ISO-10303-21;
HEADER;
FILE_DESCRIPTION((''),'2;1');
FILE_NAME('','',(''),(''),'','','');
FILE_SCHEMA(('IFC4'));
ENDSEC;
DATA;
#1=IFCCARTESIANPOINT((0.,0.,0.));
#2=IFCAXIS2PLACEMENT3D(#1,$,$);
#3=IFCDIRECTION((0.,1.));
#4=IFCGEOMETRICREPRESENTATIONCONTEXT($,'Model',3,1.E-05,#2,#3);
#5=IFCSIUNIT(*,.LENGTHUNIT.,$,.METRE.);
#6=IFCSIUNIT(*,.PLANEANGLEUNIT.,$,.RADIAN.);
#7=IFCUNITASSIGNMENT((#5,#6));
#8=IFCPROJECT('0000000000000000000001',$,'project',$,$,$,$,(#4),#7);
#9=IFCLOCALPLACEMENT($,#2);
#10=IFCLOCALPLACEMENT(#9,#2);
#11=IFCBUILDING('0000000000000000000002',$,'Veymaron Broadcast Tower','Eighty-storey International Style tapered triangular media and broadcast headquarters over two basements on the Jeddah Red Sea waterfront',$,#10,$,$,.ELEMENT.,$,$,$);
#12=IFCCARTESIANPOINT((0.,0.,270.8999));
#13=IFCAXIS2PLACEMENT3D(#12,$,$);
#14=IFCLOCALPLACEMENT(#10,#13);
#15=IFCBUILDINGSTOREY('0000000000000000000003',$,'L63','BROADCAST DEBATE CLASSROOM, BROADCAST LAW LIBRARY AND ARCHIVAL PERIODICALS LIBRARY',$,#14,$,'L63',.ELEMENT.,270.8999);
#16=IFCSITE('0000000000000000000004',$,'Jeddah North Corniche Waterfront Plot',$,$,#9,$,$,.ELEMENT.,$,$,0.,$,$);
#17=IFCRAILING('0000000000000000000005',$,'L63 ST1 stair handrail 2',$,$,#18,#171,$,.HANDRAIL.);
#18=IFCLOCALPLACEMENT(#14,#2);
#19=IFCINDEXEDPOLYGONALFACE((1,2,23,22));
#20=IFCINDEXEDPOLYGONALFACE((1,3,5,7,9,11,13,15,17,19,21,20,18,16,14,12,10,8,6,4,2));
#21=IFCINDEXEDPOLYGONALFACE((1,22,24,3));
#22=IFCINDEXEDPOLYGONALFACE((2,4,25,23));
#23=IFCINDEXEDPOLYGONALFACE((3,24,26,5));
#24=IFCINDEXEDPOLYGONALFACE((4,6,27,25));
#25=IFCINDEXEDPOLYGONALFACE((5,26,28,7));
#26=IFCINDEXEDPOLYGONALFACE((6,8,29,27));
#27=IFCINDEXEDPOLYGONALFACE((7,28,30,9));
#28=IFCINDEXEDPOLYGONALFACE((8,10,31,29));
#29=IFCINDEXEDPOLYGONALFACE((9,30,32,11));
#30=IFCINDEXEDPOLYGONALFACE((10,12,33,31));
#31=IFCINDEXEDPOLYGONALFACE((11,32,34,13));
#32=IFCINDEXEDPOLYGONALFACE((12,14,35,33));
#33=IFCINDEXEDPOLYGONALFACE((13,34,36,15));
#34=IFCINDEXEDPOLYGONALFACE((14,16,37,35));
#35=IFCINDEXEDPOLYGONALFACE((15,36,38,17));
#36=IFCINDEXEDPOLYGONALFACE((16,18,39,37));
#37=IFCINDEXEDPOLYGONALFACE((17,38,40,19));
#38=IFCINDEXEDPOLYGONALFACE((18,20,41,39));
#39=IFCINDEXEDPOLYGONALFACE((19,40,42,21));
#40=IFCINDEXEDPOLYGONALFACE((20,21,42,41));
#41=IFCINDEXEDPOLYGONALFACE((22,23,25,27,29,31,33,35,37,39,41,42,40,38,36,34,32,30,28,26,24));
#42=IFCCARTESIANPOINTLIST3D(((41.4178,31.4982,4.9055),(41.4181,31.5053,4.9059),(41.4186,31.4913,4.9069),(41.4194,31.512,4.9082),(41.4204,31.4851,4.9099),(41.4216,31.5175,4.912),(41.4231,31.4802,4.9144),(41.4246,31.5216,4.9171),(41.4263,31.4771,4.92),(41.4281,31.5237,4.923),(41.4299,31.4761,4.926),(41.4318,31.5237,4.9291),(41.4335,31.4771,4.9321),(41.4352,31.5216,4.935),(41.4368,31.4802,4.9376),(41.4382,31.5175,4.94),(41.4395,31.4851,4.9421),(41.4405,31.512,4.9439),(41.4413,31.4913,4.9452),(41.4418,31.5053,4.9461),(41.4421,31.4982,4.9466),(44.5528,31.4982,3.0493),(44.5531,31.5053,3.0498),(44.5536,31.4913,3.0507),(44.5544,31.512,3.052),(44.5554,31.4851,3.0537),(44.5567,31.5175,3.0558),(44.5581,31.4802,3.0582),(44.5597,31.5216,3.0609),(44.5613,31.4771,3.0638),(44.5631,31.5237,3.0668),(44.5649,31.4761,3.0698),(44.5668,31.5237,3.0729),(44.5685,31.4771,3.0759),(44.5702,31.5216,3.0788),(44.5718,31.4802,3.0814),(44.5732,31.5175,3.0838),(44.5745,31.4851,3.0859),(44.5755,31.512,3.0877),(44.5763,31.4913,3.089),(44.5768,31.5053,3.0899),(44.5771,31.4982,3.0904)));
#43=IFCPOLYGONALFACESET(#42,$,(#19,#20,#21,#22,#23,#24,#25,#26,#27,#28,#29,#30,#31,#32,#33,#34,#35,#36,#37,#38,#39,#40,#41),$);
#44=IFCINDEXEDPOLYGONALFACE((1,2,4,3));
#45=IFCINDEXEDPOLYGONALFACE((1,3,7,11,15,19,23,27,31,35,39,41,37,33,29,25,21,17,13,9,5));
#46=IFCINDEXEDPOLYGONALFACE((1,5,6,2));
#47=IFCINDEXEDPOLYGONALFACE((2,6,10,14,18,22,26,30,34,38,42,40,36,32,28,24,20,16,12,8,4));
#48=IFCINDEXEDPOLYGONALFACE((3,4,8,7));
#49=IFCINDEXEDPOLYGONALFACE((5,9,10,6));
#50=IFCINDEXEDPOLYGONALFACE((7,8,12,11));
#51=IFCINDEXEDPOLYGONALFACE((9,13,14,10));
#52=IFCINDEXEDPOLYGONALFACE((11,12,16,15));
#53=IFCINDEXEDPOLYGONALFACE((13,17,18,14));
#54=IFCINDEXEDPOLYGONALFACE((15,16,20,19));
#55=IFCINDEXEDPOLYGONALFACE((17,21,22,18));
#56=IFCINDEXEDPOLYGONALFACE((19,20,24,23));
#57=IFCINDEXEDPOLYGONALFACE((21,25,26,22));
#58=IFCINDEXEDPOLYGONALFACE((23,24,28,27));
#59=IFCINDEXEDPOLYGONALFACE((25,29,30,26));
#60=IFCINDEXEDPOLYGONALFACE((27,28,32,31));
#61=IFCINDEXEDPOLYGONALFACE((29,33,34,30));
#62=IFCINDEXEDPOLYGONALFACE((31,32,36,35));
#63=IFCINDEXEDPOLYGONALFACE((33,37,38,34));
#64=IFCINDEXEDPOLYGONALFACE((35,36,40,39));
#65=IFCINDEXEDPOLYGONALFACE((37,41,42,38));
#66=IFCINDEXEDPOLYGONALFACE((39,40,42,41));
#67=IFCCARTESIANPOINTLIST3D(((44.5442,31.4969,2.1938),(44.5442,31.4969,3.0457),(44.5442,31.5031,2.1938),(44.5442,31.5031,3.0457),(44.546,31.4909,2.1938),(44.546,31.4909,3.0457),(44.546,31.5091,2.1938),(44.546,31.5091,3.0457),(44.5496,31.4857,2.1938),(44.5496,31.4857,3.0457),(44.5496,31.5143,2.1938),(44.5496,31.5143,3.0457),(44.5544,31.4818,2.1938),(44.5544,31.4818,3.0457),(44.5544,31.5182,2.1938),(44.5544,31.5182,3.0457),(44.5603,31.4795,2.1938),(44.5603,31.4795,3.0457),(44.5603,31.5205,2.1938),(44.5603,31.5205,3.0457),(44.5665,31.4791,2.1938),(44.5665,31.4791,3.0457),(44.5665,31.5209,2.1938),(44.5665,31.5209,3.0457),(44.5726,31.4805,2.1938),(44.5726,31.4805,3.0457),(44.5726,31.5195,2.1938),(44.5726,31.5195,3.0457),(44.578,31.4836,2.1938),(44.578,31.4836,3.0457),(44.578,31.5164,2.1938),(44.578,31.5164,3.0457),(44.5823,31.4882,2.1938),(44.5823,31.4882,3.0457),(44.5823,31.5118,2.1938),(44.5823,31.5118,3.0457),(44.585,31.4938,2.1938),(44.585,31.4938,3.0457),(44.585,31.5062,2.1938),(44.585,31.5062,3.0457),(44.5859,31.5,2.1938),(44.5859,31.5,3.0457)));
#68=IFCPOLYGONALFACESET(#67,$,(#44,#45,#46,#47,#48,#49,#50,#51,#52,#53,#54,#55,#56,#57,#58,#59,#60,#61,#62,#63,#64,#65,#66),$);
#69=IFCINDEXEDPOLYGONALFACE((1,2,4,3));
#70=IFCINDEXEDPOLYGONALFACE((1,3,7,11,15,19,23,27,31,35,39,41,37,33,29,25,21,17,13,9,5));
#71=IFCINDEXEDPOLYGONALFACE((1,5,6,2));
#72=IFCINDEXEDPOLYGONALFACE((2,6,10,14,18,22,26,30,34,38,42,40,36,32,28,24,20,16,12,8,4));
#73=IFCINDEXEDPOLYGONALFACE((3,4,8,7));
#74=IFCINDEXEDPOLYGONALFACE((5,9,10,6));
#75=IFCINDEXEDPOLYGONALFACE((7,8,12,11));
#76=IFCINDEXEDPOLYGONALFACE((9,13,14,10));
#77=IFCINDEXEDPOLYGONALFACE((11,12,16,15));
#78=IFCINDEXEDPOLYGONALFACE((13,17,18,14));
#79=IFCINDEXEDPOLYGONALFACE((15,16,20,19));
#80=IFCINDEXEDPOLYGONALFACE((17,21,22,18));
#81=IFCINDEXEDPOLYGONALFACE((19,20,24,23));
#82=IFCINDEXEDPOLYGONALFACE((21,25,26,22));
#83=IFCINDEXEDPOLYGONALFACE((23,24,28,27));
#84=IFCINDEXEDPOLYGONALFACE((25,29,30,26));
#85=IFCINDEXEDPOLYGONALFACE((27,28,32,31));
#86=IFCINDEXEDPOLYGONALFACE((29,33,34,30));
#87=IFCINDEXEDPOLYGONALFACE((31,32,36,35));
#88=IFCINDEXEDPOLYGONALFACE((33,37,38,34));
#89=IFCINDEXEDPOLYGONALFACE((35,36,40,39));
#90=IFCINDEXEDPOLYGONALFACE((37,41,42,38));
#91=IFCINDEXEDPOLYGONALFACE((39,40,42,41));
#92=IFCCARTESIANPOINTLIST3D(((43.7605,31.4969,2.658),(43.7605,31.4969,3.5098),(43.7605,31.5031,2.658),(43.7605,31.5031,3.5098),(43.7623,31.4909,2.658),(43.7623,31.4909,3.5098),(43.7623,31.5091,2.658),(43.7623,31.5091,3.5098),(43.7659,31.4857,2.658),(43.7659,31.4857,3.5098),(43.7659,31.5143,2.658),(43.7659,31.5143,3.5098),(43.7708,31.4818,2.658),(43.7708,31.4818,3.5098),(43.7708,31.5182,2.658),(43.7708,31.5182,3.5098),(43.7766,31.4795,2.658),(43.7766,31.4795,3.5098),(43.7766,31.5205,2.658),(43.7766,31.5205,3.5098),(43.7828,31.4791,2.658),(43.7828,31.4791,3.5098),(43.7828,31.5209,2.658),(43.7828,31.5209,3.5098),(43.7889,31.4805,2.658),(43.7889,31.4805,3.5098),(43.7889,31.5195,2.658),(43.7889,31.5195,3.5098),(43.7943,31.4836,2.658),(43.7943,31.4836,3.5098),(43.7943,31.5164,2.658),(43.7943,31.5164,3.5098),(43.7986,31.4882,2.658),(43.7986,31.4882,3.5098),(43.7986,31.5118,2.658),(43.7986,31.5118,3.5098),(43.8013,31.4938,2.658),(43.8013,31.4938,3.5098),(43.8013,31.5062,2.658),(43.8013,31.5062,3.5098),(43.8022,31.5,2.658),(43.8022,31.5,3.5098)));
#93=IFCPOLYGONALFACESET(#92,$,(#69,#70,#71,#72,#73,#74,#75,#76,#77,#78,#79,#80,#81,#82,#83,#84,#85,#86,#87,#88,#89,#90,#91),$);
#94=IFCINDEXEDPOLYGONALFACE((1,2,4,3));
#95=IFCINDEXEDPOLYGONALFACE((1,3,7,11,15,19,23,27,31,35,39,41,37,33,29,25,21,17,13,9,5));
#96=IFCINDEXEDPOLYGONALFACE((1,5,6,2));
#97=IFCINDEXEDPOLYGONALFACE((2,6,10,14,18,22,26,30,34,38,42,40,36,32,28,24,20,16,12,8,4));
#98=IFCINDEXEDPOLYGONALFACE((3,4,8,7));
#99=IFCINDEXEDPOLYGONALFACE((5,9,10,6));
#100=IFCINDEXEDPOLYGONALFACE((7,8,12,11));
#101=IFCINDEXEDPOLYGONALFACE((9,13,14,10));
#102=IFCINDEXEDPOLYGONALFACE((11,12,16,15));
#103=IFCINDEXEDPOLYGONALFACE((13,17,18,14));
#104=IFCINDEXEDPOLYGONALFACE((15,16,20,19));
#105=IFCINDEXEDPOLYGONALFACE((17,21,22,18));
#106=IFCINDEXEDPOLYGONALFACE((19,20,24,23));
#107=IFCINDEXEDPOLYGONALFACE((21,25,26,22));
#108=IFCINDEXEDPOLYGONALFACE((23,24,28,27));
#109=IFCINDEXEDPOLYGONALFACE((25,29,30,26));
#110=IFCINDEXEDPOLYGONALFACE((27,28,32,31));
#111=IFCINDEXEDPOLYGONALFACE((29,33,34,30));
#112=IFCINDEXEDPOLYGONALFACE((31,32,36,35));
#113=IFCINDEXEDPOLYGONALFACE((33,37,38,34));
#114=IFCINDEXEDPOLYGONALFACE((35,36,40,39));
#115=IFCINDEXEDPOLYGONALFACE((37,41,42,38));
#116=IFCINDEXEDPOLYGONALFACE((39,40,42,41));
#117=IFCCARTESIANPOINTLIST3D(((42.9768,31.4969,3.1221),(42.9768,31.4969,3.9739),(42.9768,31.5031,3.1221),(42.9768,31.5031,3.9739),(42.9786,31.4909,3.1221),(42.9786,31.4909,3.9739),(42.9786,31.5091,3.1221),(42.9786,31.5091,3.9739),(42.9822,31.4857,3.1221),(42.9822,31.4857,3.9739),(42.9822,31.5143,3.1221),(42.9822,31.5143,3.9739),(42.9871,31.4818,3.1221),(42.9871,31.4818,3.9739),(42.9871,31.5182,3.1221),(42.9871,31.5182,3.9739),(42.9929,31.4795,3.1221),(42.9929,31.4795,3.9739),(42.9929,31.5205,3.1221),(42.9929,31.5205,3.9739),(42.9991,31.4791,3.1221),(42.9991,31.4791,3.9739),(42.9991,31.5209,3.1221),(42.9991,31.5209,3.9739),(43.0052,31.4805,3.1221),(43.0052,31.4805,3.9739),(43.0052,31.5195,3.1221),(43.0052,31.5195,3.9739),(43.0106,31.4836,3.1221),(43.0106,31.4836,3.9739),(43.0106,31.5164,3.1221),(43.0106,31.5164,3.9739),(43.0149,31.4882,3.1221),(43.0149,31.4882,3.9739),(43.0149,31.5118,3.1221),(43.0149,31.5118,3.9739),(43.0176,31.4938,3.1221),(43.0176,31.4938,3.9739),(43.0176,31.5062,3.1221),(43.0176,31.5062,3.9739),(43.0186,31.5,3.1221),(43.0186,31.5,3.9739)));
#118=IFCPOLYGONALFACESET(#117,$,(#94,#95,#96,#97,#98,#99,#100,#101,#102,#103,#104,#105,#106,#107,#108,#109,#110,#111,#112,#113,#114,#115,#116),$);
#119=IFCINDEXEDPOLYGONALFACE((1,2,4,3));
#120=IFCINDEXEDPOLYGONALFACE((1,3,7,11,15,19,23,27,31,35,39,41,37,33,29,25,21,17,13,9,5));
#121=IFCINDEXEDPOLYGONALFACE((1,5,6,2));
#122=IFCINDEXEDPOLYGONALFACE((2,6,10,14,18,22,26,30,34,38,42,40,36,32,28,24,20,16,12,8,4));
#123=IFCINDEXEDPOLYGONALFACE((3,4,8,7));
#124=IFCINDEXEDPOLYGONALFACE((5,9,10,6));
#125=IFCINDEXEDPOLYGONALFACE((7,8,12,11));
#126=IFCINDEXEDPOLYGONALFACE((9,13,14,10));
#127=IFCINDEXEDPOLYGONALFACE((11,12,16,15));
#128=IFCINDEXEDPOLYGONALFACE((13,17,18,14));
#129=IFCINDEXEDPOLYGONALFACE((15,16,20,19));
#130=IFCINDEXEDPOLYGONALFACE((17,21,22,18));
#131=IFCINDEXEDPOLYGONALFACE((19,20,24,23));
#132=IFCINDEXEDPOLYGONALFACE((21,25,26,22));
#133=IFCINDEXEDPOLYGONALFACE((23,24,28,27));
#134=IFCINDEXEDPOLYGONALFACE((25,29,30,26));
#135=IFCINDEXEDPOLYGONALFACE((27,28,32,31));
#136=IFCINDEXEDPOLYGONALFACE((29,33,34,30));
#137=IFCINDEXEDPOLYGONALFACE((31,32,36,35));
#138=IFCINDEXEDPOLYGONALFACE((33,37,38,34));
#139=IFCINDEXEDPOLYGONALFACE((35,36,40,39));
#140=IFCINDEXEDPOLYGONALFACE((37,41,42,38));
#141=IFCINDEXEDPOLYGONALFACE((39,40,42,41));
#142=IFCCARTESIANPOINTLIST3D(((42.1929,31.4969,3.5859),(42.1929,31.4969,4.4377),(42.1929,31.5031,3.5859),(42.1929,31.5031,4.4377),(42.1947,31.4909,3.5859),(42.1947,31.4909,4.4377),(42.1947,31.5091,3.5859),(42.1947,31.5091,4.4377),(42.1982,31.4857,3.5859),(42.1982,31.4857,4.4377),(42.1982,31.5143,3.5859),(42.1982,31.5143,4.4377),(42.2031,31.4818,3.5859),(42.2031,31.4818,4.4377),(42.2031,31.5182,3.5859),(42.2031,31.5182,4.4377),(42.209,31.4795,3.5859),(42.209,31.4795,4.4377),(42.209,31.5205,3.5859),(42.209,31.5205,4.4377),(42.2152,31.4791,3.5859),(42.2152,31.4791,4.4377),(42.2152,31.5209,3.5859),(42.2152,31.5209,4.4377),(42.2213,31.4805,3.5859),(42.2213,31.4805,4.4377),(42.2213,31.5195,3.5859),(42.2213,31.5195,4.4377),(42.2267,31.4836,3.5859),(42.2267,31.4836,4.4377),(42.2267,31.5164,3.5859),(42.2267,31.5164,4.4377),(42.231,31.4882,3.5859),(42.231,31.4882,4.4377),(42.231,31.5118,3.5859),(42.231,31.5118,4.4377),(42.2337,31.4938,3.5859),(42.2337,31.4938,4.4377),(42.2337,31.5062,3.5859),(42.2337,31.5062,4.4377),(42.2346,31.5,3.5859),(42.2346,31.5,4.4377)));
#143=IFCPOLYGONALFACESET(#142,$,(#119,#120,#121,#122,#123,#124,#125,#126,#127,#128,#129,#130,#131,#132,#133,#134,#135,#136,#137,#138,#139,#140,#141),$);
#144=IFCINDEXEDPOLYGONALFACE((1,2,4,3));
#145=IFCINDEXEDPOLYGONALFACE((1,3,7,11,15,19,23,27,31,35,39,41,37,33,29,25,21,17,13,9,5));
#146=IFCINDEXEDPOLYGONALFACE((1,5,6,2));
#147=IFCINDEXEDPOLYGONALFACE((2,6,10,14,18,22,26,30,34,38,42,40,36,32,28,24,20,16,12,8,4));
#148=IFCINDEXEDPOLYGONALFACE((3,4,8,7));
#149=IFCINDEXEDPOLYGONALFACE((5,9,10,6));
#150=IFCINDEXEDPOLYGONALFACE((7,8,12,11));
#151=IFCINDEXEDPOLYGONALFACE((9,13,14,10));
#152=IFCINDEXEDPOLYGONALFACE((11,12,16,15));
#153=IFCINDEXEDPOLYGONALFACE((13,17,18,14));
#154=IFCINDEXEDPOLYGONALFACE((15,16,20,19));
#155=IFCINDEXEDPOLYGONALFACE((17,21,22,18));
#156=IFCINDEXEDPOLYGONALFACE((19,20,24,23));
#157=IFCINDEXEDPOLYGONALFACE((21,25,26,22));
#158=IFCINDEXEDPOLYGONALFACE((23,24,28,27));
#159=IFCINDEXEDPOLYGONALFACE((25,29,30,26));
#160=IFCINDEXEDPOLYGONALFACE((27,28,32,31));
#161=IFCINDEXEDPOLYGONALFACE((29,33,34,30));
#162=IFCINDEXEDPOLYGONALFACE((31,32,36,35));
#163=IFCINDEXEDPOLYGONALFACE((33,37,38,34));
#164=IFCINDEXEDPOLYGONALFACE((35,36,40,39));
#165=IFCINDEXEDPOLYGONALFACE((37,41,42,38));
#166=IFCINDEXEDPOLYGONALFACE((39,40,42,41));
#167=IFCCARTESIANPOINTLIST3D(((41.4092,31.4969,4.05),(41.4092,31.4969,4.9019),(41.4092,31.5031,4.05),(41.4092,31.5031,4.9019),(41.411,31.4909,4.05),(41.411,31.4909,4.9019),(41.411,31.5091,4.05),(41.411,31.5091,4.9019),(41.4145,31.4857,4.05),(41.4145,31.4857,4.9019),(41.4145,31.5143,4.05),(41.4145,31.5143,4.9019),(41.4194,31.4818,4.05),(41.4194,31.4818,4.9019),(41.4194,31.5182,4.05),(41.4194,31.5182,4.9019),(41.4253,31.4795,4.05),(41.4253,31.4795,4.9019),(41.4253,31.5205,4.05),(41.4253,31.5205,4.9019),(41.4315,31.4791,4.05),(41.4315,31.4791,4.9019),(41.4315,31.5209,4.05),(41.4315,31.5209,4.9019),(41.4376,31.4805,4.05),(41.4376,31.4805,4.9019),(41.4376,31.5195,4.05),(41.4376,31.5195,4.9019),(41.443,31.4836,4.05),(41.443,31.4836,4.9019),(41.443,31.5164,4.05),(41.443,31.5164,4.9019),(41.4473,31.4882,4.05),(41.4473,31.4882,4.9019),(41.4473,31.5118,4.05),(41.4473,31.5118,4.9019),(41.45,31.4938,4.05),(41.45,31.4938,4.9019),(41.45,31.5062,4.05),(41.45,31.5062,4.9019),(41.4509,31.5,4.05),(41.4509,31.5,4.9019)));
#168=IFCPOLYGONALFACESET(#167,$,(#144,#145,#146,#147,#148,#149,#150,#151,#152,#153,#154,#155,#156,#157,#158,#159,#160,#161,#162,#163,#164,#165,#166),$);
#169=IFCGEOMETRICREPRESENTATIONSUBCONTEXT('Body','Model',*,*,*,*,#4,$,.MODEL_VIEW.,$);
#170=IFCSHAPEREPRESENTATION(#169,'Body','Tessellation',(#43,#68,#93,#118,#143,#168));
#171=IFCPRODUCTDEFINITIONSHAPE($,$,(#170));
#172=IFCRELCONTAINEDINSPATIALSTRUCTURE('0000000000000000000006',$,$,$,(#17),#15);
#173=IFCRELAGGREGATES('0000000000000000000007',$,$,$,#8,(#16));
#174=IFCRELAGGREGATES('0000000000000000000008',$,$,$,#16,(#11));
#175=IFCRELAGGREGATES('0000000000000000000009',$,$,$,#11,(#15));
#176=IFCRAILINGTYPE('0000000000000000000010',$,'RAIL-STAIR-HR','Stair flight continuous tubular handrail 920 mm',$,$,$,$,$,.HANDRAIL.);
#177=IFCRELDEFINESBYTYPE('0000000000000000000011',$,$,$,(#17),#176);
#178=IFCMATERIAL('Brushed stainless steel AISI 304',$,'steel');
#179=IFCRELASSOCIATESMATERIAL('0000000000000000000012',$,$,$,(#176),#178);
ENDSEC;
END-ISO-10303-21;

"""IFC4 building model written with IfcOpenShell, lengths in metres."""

from ifc_helpers import new_model, si_unit, direction, frame, origin, origin_2d, place, context, subcontext, project, spatial, circle, extrude, material, type_object, element, save


model = new_model("IFC4")

# Units and contexts
model_context = context("Model", 3, precision=1e-05, world=origin(), true_north=direction((0.0, 1.0)))
body_context = subcontext(model_context, "Body", "Model", "MODEL_VIEW")
ifc_project = project(units=[si_unit("LENGTHUNIT", "METRE"), si_unit("PLANEANGLEUNIT", "RADIAN")], contexts=[model_context])

# Site, building, storey
site_placement = place(None, origin())
site = spatial("IfcSite", under=ifc_project, at=site_placement, Name="Jeddah North Corniche Waterfront Plot", CompositionType="ELEMENT", RefElevation=0.0)
building_placement = place(site_placement, origin())
building = spatial("IfcBuilding", under=site, at=building_placement, Name="Veymaron Broadcast Tower", Description="Eighty-storey International Style tapered triangular media and broadcast headquarters over two basements on the Jeddah Red Sea waterfront", CompositionType="ELEMENT")
storey_placement = place(building_placement, frame((0.0, 0.0, 270.8999)))
storey = spatial("IfcBuildingStorey", under=building, at=storey_placement, Name="L63", Description="BROADCAST DEBATE CLASSROOM, BROADCAST LAW LIBRARY AND ARCHIVAL PERIODICALS LIBRARY", LongName="L63", CompositionType="ELEMENT", Elevation=270.8999)

# Shared definitions
ifc_material_1 = material(Name="Brushed stainless steel AISI 304", Category="steel")

# Railing
railing_type_1 = type_object("IfcRailingType", Name="RAIL-STAIR-HR", Description="Stair flight continuous tubular handrail 920 mm", PredefinedType="HANDRAIL", material=ifc_material_1)
railing_1_placement = place(storey_placement, frame((44.5649, 31.5, 2.1938)))
element("IfcRailing", 1, at=railing_1_placement, inside=storey, type_object=railing_type_1, Name="L63 ST1 stair handrail 2", PredefinedType="HANDRAIL", context=body_context, shape_type="SweptSolid", body=[
    extrude(circle(Radius=0.0239, at=origin_2d()), frame((0.0, 0.0, 0.876), z_axis=(-0.860482, 0.0, 0.509481), x_axis=(0.0, -1.0, 0.0)), (0.0, 0.0, 1.0), 3.6433),
    extrude(circle(Radius=0.021, at=origin_2d()), origin(), (0.0, 0.0, 1.0), 0.8518),
    extrude(circle(Radius=0.021, at=origin_2d()), frame((-0.7837, 0.0, 0.4641)), (0.0, 0.0, 1.0), 0.8518),
    extrude(circle(Radius=0.021, at=origin_2d()), frame((-1.5674, 0.0, 0.9282)), (0.0, 0.0, 1.0), 0.8518),
    extrude(circle(Radius=0.021, at=origin_2d()), frame((-2.3513, 0.0, 1.3921)), (0.0, 0.0, 1.0), 0.8518),
    extrude(circle(Radius=0.021, at=origin_2d()), frame((-3.135, 0.0, 1.8562)), (0.0, 0.0, 1.0), 0.8518),
])

save(model, "model.ifc")
